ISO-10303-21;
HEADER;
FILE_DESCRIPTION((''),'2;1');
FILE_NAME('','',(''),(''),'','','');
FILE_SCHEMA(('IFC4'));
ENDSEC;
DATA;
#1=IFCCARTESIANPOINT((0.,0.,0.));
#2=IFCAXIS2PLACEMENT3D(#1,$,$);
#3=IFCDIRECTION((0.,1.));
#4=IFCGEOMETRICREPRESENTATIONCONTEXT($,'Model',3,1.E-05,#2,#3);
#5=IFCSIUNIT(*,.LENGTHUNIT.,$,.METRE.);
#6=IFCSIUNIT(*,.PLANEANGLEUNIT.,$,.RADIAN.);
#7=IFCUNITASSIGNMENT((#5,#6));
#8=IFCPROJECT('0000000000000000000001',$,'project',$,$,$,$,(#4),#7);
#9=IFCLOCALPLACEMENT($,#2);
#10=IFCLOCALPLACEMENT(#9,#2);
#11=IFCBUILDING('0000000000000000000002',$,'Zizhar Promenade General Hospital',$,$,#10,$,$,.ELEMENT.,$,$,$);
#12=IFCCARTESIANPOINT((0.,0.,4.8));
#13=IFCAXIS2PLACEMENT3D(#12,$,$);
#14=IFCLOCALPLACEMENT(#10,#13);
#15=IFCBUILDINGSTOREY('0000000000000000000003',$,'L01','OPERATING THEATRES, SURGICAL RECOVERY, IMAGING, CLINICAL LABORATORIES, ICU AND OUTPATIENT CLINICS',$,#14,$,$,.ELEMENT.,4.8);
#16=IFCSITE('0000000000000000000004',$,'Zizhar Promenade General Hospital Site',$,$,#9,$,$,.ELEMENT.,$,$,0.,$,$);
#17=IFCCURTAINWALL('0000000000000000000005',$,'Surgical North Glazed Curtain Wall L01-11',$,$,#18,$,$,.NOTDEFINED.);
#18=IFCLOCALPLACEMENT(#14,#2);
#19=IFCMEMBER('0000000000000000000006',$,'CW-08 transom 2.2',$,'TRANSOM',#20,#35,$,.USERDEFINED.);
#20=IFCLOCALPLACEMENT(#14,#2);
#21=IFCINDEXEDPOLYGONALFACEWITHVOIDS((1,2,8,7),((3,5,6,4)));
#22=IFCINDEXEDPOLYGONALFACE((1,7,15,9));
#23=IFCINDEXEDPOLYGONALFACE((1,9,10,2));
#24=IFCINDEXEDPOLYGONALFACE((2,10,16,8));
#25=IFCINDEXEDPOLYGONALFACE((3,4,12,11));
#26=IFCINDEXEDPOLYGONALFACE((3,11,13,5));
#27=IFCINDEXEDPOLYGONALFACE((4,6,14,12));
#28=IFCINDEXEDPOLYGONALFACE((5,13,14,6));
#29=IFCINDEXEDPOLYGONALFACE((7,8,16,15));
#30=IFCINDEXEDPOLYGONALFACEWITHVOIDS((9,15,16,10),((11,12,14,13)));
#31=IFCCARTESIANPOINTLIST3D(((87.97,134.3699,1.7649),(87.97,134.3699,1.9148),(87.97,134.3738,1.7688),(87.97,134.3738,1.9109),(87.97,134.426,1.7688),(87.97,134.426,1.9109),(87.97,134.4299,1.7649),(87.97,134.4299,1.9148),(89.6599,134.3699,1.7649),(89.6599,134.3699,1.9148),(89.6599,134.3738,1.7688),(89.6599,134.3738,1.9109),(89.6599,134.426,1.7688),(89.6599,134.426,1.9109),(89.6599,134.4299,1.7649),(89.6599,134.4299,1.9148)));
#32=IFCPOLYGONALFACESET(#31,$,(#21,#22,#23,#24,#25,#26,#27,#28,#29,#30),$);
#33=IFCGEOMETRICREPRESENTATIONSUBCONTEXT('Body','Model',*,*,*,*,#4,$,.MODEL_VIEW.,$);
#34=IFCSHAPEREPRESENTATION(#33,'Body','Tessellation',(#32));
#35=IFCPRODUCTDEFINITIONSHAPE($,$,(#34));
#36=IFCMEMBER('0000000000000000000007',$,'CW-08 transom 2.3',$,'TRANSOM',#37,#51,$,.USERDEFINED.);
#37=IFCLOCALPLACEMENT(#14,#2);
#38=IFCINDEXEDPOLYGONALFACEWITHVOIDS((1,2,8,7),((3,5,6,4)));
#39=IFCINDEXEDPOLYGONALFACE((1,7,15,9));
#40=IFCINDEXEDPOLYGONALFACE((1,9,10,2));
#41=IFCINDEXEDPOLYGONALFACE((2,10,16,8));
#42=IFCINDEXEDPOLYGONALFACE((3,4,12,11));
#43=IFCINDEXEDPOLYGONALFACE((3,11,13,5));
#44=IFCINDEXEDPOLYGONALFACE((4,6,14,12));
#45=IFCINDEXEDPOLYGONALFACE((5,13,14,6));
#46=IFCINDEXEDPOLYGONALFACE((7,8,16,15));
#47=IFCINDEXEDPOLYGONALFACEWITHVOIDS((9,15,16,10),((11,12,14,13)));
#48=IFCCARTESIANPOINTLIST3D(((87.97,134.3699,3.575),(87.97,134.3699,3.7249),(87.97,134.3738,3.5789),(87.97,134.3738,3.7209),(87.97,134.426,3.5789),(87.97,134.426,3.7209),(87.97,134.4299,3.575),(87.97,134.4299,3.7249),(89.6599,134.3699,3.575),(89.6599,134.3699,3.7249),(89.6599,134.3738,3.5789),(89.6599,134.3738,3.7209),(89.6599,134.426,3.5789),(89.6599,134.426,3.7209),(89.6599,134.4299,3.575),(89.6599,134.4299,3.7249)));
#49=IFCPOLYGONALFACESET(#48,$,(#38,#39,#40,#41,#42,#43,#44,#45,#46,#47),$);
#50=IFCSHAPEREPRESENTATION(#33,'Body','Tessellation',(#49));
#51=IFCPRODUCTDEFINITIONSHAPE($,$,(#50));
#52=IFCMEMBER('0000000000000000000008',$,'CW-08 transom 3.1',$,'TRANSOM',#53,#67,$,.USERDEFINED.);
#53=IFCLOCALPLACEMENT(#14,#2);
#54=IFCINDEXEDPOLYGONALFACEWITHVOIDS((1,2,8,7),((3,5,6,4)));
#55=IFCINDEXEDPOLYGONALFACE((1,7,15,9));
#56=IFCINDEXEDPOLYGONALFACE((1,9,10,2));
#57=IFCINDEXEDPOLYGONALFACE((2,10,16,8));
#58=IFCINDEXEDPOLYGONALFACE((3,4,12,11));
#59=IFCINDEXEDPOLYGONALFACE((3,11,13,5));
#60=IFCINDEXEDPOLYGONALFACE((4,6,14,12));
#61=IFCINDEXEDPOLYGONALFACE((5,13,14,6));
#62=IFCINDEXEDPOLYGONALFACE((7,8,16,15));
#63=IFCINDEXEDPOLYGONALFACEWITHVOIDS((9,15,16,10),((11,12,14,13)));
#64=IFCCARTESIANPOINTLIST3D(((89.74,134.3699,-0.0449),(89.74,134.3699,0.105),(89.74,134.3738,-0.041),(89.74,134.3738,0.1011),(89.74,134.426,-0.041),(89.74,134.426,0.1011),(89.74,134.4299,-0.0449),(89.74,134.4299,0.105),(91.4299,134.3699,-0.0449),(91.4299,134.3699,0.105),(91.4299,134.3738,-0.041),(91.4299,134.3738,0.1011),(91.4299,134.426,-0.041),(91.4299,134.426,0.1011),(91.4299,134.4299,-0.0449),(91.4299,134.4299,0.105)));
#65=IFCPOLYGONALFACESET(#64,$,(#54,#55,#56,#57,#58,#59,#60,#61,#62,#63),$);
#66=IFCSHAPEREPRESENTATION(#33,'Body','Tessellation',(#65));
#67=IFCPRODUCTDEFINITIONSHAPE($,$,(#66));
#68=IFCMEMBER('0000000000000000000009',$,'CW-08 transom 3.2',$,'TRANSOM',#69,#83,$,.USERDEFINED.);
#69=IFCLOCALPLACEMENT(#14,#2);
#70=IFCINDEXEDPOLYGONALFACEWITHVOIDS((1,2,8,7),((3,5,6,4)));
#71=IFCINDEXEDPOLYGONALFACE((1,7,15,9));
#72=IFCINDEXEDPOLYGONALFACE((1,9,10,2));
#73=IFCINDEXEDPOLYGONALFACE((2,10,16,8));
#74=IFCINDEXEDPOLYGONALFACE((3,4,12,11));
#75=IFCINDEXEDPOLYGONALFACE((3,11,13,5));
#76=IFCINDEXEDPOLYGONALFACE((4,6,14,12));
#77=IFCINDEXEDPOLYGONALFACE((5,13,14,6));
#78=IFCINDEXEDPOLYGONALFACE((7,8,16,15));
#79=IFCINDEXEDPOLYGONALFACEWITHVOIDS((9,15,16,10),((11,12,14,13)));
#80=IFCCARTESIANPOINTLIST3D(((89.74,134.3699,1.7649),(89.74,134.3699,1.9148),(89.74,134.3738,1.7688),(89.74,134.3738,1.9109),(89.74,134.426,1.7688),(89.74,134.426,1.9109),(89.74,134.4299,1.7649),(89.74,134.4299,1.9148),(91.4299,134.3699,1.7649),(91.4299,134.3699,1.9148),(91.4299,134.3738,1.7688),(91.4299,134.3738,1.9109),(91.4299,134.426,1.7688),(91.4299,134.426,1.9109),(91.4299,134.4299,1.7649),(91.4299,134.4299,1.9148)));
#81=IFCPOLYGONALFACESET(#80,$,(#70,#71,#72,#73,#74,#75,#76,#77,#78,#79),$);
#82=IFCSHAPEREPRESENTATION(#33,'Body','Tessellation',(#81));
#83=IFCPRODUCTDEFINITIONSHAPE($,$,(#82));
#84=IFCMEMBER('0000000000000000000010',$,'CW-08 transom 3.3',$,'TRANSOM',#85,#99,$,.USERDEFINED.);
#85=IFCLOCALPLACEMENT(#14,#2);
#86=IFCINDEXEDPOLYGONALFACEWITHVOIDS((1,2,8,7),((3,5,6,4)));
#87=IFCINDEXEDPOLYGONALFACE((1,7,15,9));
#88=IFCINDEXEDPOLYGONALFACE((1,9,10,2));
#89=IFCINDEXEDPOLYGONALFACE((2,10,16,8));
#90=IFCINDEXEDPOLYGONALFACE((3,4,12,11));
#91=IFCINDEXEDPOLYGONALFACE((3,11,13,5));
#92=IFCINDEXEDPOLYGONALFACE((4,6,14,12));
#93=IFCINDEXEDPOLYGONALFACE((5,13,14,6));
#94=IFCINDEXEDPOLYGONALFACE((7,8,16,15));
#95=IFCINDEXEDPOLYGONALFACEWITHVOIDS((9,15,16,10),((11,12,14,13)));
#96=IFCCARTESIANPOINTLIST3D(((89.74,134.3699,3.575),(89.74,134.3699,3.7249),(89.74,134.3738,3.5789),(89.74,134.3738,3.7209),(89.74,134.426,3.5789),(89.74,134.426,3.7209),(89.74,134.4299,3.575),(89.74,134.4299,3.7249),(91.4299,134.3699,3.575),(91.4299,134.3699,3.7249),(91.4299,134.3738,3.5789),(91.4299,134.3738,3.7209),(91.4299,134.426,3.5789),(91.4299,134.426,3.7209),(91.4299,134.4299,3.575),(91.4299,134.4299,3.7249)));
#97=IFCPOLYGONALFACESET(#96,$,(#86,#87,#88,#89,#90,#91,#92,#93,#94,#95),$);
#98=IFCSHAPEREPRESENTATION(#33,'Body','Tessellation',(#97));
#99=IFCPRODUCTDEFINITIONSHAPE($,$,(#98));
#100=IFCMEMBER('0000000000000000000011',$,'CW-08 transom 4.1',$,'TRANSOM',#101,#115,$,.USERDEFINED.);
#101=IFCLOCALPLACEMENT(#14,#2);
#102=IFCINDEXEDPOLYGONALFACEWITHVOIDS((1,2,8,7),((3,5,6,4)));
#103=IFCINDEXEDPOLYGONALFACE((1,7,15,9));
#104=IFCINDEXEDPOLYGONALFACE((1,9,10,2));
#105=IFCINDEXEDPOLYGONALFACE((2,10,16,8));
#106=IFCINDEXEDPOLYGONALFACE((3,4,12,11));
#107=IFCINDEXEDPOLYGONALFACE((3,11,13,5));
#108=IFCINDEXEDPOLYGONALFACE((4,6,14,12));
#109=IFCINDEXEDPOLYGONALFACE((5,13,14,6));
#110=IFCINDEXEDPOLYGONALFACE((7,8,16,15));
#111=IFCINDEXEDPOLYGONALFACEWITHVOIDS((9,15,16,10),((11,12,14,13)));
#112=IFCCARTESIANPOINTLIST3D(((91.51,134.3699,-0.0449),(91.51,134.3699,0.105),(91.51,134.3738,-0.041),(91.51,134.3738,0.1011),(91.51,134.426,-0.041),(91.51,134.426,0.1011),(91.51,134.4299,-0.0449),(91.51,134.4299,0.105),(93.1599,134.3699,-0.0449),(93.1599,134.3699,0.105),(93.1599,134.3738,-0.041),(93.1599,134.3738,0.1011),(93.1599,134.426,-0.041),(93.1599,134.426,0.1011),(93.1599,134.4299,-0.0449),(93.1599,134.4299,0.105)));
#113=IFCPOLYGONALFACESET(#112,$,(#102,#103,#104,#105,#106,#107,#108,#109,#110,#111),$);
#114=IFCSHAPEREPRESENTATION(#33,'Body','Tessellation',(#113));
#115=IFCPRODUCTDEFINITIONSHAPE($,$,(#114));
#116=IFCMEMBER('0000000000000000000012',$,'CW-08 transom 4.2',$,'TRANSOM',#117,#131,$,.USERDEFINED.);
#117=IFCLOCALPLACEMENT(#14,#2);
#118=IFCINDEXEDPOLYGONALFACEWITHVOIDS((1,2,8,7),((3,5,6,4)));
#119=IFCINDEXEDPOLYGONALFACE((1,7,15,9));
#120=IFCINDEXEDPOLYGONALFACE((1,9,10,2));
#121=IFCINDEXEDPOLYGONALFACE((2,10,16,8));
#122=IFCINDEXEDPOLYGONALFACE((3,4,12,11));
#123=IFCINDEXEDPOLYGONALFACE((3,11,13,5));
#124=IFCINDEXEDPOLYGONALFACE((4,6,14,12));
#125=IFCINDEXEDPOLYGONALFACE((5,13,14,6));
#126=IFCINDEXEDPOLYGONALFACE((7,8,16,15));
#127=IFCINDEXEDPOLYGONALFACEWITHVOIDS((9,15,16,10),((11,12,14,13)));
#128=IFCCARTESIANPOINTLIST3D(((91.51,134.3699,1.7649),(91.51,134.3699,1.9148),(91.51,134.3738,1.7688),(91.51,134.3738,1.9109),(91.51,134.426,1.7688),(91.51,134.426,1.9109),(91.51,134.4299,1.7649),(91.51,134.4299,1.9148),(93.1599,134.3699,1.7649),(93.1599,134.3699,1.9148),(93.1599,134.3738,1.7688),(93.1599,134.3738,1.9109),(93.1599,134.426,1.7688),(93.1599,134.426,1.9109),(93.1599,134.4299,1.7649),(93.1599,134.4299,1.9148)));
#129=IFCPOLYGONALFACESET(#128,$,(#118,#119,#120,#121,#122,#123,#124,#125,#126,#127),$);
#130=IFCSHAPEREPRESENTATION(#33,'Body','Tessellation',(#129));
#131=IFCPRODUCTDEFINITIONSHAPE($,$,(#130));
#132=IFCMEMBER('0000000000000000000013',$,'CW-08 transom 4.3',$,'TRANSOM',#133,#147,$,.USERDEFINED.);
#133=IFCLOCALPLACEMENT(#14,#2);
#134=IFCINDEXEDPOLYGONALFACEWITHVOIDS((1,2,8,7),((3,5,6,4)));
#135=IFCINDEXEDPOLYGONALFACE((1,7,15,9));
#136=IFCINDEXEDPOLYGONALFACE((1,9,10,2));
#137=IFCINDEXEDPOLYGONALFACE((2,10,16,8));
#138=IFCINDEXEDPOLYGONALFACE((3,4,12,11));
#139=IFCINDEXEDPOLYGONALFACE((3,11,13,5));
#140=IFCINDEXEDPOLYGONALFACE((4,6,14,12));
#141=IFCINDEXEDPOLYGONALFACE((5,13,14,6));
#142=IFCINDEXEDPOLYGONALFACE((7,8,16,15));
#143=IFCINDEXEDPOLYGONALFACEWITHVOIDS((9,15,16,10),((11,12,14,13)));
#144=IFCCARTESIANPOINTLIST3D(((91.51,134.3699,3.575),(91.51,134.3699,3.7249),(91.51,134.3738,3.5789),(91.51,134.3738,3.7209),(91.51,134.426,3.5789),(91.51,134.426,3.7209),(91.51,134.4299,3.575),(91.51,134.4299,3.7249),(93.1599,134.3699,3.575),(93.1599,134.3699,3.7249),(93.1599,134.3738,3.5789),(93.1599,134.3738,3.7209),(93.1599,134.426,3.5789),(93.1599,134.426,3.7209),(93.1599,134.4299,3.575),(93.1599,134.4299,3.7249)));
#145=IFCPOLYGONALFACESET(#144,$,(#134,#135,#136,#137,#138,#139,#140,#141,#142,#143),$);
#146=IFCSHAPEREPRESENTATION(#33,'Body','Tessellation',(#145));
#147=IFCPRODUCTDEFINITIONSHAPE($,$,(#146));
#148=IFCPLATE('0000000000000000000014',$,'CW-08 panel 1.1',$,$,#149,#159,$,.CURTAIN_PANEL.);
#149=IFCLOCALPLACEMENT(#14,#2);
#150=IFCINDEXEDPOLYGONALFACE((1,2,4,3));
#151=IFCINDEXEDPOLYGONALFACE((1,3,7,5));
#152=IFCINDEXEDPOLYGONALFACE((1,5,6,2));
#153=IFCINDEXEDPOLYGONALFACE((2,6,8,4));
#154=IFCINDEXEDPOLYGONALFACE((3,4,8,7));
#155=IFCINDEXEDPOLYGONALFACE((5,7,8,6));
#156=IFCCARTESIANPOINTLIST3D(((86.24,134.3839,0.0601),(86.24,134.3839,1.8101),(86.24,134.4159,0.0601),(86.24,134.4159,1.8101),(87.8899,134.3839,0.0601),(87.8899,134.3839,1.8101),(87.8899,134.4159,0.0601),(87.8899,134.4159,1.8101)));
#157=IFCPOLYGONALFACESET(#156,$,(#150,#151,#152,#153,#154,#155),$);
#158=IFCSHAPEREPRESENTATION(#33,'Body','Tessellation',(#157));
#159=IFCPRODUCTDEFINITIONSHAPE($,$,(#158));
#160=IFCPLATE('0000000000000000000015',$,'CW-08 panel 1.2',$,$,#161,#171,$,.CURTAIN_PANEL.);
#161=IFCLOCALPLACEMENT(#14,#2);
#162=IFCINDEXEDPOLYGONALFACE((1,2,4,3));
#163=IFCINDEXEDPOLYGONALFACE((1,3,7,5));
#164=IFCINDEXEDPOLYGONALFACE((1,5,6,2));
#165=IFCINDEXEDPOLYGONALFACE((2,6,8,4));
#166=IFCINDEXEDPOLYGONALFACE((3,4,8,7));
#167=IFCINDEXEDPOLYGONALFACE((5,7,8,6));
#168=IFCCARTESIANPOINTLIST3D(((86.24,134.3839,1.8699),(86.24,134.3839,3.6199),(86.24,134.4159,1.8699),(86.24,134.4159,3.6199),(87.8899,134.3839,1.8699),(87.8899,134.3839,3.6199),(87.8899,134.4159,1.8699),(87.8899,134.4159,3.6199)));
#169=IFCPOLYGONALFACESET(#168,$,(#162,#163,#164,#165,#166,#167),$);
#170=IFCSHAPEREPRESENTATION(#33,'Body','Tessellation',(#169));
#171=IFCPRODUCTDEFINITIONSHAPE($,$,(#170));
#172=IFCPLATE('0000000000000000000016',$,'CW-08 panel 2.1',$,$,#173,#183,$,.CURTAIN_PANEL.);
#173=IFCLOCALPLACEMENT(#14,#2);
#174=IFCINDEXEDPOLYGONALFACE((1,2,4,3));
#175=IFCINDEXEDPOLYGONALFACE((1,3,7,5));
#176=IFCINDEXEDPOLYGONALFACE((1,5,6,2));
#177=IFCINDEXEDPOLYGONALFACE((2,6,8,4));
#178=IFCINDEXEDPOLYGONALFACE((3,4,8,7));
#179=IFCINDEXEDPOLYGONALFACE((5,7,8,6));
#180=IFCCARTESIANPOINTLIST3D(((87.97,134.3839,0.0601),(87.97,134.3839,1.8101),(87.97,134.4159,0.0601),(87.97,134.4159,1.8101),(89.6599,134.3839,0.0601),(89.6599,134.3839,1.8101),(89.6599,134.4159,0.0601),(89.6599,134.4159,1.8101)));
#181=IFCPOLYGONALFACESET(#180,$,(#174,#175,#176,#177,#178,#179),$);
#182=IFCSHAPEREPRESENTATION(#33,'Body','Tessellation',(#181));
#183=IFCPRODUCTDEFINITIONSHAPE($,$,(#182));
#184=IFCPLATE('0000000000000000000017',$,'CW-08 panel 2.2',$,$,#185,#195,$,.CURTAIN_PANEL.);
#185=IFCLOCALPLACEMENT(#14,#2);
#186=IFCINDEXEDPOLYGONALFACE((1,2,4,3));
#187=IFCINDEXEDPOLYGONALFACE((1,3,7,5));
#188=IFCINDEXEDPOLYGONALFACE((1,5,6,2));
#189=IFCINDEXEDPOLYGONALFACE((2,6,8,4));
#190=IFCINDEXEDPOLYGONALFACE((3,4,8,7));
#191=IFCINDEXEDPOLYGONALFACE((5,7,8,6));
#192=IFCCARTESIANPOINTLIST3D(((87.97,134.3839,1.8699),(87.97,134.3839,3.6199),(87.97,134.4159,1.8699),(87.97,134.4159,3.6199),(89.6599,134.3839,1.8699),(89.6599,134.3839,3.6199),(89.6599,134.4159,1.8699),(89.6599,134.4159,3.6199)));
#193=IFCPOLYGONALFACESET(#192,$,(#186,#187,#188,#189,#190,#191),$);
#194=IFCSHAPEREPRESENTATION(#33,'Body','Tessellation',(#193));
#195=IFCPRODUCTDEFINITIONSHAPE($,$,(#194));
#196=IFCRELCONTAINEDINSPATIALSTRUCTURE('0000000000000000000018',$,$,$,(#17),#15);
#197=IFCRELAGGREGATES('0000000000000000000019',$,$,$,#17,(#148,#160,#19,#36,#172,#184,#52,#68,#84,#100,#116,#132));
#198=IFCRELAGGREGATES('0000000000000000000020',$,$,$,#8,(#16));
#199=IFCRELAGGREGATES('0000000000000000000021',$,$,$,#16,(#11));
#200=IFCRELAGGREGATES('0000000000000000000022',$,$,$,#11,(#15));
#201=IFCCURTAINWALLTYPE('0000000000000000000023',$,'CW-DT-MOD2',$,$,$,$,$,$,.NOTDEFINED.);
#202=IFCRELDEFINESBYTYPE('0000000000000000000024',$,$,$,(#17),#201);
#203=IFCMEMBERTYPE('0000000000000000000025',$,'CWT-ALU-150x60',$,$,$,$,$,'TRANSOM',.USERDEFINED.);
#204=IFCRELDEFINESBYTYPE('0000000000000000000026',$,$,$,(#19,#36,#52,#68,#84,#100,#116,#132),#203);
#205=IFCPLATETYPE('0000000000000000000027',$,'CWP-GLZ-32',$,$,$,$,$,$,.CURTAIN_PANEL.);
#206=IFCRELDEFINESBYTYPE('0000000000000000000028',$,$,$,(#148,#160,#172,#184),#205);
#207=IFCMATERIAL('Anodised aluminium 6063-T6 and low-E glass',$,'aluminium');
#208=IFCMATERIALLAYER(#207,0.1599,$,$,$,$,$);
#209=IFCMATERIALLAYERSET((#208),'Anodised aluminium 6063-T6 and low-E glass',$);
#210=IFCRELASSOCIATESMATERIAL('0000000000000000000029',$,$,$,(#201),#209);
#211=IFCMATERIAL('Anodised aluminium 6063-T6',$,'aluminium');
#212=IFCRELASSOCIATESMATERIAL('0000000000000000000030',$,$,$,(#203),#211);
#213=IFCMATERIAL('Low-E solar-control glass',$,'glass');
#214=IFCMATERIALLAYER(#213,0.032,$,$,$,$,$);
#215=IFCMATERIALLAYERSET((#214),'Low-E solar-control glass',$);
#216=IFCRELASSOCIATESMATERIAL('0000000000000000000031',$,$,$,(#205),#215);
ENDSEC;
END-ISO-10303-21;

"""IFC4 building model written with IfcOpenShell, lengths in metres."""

from ifc_helpers import new_model, si_unit, direction, frame, origin, origin_2d, place, context, subcontext, project, spatial, rectangle, hollow_rectangle, extrude, material, layer, layer_set, material_profile, profile_set, type_object, element, aggregate, save


model = new_model("IFC4")

# Units and contexts
model_context = context("Model", 3, precision=1e-05, world=origin(), true_north=direction((0.0, 1.0)))
body_context = subcontext(model_context, "Body", "Model", "MODEL_VIEW")
ifc_project = project(units=[si_unit("LENGTHUNIT", "METRE"), si_unit("PLANEANGLEUNIT", "RADIAN")], contexts=[model_context])

# Site, building, storey
site_placement = place(None, origin())
site = spatial("IfcSite", under=ifc_project, at=site_placement, Name="Zizhar Promenade General Hospital Site", CompositionType="ELEMENT", RefElevation=0.0)
building_placement = place(site_placement, origin())
building = spatial("IfcBuilding", under=site, at=building_placement, Name="Zizhar Promenade General Hospital", CompositionType="ELEMENT")
storey_placement = place(building_placement, frame((0.0, 0.0, 4.8)))
storey = spatial("IfcBuildingStorey", under=building, at=storey_placement, Name="L01", Description="OPERATING THEATRES, SURGICAL RECOVERY, IMAGING, CLINICAL LABORATORIES, ICU AND OUTPATIENT CLINICS", CompositionType="ELEMENT", Elevation=4.8)

# Curtain wall, members, plates
ifc_material_1 = material(Name="Anodised aluminium 6063-T6 and low-E glass", Category="aluminium")
ifc_layer_1 = layer(ifc_material_1, 0.1599)
ifc_layer_set_1 = layer_set([ifc_layer_1], Name="Anodised aluminium 6063-T6 and low-E glass")
curtain_wall_type = type_object("IfcCurtainWallType", Name="CW-DT-MOD2", PredefinedType="NOTDEFINED", material=ifc_layer_set_1)
curtain_wall_placement = place(storey_placement, origin())
curtain_wall = element("IfcCurtainWall", 1, at=curtain_wall_placement, inside=storey, type_object=curtain_wall_type, Name="Surgical North Glazed Curtain Wall L01-11", PredefinedType="NOTDEFINED")
ifc_material_2 = material(Name="Anodised aluminium 6063-T6", Category="aluminium")
ifc_material_profile_1 = material_profile(ifc_material_2, hollow_rectangle(XDim=0.0601, YDim=0.1499, WallThickness=0.0039, at=origin_2d()))
ifc_profile_set_1 = profile_set([ifc_material_profile_1], Name="Anodised aluminium 6063-T6")
member_type_1 = type_object("IfcMemberType", Name="CWT-ALU-150x60", ElementType="TRANSOM", PredefinedType="USERDEFINED", material=ifc_profile_set_1)
member_1_placement = place(storey_placement, frame((87.97, 134.3999, 1.8398), z_axis=(1.0, 0.0, 0.0), x_axis=(0.0, 1.0, 0.0)))
member_1 = element("IfcMember", 2, at=member_1_placement, type_object=member_type_1, Name="CW-08 transom 2.2", ObjectType="TRANSOM", PredefinedType="USERDEFINED", context=body_context, shape_type="SweptSolid", body=[
    extrude(hollow_rectangle(XDim=0.0601, YDim=0.1499, WallThickness=0.0039, at=origin_2d()), origin(), (0.0, 0.0, 1.0), 1.6899),
])
member_2_placement = place(storey_placement, frame((87.97, 134.3999, 3.6499), z_axis=(1.0, 0.0, 0.0), x_axis=(0.0, 1.0, 0.0)))
member_2 = element("IfcMember", 3, at=member_2_placement, type_object=member_type_1, Name="CW-08 transom 2.3", ObjectType="TRANSOM", PredefinedType="USERDEFINED", context=body_context, shape_type="SweptSolid", body=[
    extrude(hollow_rectangle(XDim=0.0601, YDim=0.1499, WallThickness=0.0039, at=origin_2d()), origin(), (0.0, 0.0, 1.0), 1.6899),
])
member_3_placement = place(storey_placement, frame((89.74, 134.3999, 0.03), z_axis=(1.0, 0.0, 0.0), x_axis=(0.0, 1.0, 0.0)))
member_3 = element("IfcMember", 4, at=member_3_placement, type_object=member_type_1, Name="CW-08 transom 3.1", ObjectType="TRANSOM", PredefinedType="USERDEFINED", context=body_context, shape_type="SweptSolid", body=[
    extrude(hollow_rectangle(XDim=0.0601, YDim=0.1499, WallThickness=0.0039, at=origin_2d()), origin(), (0.0, 0.0, 1.0), 1.6899),
])
member_4_placement = place(storey_placement, frame((89.74, 134.3999, 1.8398), z_axis=(1.0, 0.0, 0.0), x_axis=(0.0, 1.0, 0.0)))
member_4 = element("IfcMember", 5, at=member_4_placement, type_object=member_type_1, Name="CW-08 transom 3.2", ObjectType="TRANSOM", PredefinedType="USERDEFINED", context=body_context, shape_type="SweptSolid", body=[
    extrude(hollow_rectangle(XDim=0.0601, YDim=0.1499, WallThickness=0.0039, at=origin_2d()), origin(), (0.0, 0.0, 1.0), 1.6899),
])
member_5_placement = place(storey_placement, frame((89.74, 134.3999, 3.6499), z_axis=(1.0, 0.0, 0.0), x_axis=(0.0, 1.0, 0.0)))
member_5 = element("IfcMember", 6, at=member_5_placement, type_object=member_type_1, Name="CW-08 transom 3.3", ObjectType="TRANSOM", PredefinedType="USERDEFINED", context=body_context, shape_type="SweptSolid", body=[
    extrude(hollow_rectangle(XDim=0.0601, YDim=0.1499, WallThickness=0.0039, at=origin_2d()), origin(), (0.0, 0.0, 1.0), 1.6899),
])
member_6_placement = place(storey_placement, frame((91.51, 134.3999, 0.03), z_axis=(1.0, 0.0, 0.0), x_axis=(0.0, 1.0, 0.0)))
member_6 = element("IfcMember", 7, at=member_6_placement, type_object=member_type_1, Name="CW-08 transom 4.1", ObjectType="TRANSOM", PredefinedType="USERDEFINED", context=body_context, shape_type="SweptSolid", body=[
    extrude(hollow_rectangle(XDim=0.0601, YDim=0.1499, WallThickness=0.0039, at=origin_2d()), origin(), (0.0, 0.0, 1.0), 1.6499),
])
member_7_placement = place(storey_placement, frame((91.51, 134.3999, 1.8398), z_axis=(1.0, 0.0, 0.0), x_axis=(0.0, 1.0, 0.0)))
member_7 = element("IfcMember", 8, at=member_7_placement, type_object=member_type_1, Name="CW-08 transom 4.2", ObjectType="TRANSOM", PredefinedType="USERDEFINED", context=body_context, shape_type="SweptSolid", body=[
    extrude(hollow_rectangle(XDim=0.0601, YDim=0.1499, WallThickness=0.0039, at=origin_2d()), origin(), (0.0, 0.0, 1.0), 1.6499),
])
member_8_placement = place(storey_placement, frame((91.51, 134.3999, 3.6499), z_axis=(1.0, 0.0, 0.0), x_axis=(0.0, 1.0, 0.0)))
member_8 = element("IfcMember", 9, at=member_8_placement, type_object=member_type_1, Name="CW-08 transom 4.3", ObjectType="TRANSOM", PredefinedType="USERDEFINED", context=body_context, shape_type="SweptSolid", body=[
    extrude(hollow_rectangle(XDim=0.0601, YDim=0.1499, WallThickness=0.0039, at=origin_2d()), origin(), (0.0, 0.0, 1.0), 1.6499),
])
ifc_material_3 = material(Name="Low-E solar-control glass", Category="glass")
ifc_layer_2 = layer(ifc_material_3, 0.032)
ifc_layer_set_2 = layer_set([ifc_layer_2], Name="Low-E solar-control glass")
plate_type = type_object("IfcPlateType", Name="CWP-GLZ-32", PredefinedType="CURTAIN_PANEL", material=ifc_layer_set_2)
plate_1_placement = place(storey_placement, frame((87.0649, 134.3999, 0.0601), z_axis=(0.0, 0.0, 1.0), x_axis=(1.0, 0.0, 0.0)))
plate_1 = element("IfcPlate", 10, at=plate_1_placement, type_object=plate_type, Name="CW-08 panel 1.1", PredefinedType="CURTAIN_PANEL", context=body_context, shape_type="SweptSolid", body=[
    extrude(rectangle(XDim=1.6499, YDim=0.032, at=origin_2d()), origin(), (0.0, 0.0, 1.0), 1.75),
])
plate_2_placement = place(storey_placement, frame((87.0649, 134.3999, 1.8699), z_axis=(0.0, 0.0, 1.0), x_axis=(1.0, 0.0, 0.0)))
plate_2 = element("IfcPlate", 11, at=plate_2_placement, type_object=plate_type, Name="CW-08 panel 1.2", PredefinedType="CURTAIN_PANEL", context=body_context, shape_type="SweptSolid", body=[
    extrude(rectangle(XDim=1.6499, YDim=0.032, at=origin_2d()), origin(), (0.0, 0.0, 1.0), 1.75),
])
plate_3_placement = place(storey_placement, frame((88.8149, 134.3999, 0.0601), z_axis=(0.0, 0.0, 1.0), x_axis=(1.0, 0.0, 0.0)))
plate_3 = element("IfcPlate", 12, at=plate_3_placement, type_object=plate_type, Name="CW-08 panel 2.1", PredefinedType="CURTAIN_PANEL", context=body_context, shape_type="SweptSolid", body=[
    extrude(rectangle(XDim=1.6899, YDim=0.032, at=origin_2d()), origin(), (0.0, 0.0, 1.0), 1.75),
])
plate_4_placement = place(storey_placement, frame((88.8149, 134.3999, 1.8699), z_axis=(0.0, 0.0, 1.0), x_axis=(1.0, 0.0, 0.0)))
plate_4 = element("IfcPlate", 13, at=plate_4_placement, type_object=plate_type, Name="CW-08 panel 2.2", PredefinedType="CURTAIN_PANEL", context=body_context, shape_type="SweptSolid", body=[
    extrude(rectangle(XDim=1.6899, YDim=0.032, at=origin_2d()), origin(), (0.0, 0.0, 1.0), 1.75),
])
aggregate(curtain_wall, [plate_1, plate_2, member_1, member_2, plate_3, plate_4, member_3, member_4, member_5, member_6, member_7, member_8])

save(model, "model.ifc")
